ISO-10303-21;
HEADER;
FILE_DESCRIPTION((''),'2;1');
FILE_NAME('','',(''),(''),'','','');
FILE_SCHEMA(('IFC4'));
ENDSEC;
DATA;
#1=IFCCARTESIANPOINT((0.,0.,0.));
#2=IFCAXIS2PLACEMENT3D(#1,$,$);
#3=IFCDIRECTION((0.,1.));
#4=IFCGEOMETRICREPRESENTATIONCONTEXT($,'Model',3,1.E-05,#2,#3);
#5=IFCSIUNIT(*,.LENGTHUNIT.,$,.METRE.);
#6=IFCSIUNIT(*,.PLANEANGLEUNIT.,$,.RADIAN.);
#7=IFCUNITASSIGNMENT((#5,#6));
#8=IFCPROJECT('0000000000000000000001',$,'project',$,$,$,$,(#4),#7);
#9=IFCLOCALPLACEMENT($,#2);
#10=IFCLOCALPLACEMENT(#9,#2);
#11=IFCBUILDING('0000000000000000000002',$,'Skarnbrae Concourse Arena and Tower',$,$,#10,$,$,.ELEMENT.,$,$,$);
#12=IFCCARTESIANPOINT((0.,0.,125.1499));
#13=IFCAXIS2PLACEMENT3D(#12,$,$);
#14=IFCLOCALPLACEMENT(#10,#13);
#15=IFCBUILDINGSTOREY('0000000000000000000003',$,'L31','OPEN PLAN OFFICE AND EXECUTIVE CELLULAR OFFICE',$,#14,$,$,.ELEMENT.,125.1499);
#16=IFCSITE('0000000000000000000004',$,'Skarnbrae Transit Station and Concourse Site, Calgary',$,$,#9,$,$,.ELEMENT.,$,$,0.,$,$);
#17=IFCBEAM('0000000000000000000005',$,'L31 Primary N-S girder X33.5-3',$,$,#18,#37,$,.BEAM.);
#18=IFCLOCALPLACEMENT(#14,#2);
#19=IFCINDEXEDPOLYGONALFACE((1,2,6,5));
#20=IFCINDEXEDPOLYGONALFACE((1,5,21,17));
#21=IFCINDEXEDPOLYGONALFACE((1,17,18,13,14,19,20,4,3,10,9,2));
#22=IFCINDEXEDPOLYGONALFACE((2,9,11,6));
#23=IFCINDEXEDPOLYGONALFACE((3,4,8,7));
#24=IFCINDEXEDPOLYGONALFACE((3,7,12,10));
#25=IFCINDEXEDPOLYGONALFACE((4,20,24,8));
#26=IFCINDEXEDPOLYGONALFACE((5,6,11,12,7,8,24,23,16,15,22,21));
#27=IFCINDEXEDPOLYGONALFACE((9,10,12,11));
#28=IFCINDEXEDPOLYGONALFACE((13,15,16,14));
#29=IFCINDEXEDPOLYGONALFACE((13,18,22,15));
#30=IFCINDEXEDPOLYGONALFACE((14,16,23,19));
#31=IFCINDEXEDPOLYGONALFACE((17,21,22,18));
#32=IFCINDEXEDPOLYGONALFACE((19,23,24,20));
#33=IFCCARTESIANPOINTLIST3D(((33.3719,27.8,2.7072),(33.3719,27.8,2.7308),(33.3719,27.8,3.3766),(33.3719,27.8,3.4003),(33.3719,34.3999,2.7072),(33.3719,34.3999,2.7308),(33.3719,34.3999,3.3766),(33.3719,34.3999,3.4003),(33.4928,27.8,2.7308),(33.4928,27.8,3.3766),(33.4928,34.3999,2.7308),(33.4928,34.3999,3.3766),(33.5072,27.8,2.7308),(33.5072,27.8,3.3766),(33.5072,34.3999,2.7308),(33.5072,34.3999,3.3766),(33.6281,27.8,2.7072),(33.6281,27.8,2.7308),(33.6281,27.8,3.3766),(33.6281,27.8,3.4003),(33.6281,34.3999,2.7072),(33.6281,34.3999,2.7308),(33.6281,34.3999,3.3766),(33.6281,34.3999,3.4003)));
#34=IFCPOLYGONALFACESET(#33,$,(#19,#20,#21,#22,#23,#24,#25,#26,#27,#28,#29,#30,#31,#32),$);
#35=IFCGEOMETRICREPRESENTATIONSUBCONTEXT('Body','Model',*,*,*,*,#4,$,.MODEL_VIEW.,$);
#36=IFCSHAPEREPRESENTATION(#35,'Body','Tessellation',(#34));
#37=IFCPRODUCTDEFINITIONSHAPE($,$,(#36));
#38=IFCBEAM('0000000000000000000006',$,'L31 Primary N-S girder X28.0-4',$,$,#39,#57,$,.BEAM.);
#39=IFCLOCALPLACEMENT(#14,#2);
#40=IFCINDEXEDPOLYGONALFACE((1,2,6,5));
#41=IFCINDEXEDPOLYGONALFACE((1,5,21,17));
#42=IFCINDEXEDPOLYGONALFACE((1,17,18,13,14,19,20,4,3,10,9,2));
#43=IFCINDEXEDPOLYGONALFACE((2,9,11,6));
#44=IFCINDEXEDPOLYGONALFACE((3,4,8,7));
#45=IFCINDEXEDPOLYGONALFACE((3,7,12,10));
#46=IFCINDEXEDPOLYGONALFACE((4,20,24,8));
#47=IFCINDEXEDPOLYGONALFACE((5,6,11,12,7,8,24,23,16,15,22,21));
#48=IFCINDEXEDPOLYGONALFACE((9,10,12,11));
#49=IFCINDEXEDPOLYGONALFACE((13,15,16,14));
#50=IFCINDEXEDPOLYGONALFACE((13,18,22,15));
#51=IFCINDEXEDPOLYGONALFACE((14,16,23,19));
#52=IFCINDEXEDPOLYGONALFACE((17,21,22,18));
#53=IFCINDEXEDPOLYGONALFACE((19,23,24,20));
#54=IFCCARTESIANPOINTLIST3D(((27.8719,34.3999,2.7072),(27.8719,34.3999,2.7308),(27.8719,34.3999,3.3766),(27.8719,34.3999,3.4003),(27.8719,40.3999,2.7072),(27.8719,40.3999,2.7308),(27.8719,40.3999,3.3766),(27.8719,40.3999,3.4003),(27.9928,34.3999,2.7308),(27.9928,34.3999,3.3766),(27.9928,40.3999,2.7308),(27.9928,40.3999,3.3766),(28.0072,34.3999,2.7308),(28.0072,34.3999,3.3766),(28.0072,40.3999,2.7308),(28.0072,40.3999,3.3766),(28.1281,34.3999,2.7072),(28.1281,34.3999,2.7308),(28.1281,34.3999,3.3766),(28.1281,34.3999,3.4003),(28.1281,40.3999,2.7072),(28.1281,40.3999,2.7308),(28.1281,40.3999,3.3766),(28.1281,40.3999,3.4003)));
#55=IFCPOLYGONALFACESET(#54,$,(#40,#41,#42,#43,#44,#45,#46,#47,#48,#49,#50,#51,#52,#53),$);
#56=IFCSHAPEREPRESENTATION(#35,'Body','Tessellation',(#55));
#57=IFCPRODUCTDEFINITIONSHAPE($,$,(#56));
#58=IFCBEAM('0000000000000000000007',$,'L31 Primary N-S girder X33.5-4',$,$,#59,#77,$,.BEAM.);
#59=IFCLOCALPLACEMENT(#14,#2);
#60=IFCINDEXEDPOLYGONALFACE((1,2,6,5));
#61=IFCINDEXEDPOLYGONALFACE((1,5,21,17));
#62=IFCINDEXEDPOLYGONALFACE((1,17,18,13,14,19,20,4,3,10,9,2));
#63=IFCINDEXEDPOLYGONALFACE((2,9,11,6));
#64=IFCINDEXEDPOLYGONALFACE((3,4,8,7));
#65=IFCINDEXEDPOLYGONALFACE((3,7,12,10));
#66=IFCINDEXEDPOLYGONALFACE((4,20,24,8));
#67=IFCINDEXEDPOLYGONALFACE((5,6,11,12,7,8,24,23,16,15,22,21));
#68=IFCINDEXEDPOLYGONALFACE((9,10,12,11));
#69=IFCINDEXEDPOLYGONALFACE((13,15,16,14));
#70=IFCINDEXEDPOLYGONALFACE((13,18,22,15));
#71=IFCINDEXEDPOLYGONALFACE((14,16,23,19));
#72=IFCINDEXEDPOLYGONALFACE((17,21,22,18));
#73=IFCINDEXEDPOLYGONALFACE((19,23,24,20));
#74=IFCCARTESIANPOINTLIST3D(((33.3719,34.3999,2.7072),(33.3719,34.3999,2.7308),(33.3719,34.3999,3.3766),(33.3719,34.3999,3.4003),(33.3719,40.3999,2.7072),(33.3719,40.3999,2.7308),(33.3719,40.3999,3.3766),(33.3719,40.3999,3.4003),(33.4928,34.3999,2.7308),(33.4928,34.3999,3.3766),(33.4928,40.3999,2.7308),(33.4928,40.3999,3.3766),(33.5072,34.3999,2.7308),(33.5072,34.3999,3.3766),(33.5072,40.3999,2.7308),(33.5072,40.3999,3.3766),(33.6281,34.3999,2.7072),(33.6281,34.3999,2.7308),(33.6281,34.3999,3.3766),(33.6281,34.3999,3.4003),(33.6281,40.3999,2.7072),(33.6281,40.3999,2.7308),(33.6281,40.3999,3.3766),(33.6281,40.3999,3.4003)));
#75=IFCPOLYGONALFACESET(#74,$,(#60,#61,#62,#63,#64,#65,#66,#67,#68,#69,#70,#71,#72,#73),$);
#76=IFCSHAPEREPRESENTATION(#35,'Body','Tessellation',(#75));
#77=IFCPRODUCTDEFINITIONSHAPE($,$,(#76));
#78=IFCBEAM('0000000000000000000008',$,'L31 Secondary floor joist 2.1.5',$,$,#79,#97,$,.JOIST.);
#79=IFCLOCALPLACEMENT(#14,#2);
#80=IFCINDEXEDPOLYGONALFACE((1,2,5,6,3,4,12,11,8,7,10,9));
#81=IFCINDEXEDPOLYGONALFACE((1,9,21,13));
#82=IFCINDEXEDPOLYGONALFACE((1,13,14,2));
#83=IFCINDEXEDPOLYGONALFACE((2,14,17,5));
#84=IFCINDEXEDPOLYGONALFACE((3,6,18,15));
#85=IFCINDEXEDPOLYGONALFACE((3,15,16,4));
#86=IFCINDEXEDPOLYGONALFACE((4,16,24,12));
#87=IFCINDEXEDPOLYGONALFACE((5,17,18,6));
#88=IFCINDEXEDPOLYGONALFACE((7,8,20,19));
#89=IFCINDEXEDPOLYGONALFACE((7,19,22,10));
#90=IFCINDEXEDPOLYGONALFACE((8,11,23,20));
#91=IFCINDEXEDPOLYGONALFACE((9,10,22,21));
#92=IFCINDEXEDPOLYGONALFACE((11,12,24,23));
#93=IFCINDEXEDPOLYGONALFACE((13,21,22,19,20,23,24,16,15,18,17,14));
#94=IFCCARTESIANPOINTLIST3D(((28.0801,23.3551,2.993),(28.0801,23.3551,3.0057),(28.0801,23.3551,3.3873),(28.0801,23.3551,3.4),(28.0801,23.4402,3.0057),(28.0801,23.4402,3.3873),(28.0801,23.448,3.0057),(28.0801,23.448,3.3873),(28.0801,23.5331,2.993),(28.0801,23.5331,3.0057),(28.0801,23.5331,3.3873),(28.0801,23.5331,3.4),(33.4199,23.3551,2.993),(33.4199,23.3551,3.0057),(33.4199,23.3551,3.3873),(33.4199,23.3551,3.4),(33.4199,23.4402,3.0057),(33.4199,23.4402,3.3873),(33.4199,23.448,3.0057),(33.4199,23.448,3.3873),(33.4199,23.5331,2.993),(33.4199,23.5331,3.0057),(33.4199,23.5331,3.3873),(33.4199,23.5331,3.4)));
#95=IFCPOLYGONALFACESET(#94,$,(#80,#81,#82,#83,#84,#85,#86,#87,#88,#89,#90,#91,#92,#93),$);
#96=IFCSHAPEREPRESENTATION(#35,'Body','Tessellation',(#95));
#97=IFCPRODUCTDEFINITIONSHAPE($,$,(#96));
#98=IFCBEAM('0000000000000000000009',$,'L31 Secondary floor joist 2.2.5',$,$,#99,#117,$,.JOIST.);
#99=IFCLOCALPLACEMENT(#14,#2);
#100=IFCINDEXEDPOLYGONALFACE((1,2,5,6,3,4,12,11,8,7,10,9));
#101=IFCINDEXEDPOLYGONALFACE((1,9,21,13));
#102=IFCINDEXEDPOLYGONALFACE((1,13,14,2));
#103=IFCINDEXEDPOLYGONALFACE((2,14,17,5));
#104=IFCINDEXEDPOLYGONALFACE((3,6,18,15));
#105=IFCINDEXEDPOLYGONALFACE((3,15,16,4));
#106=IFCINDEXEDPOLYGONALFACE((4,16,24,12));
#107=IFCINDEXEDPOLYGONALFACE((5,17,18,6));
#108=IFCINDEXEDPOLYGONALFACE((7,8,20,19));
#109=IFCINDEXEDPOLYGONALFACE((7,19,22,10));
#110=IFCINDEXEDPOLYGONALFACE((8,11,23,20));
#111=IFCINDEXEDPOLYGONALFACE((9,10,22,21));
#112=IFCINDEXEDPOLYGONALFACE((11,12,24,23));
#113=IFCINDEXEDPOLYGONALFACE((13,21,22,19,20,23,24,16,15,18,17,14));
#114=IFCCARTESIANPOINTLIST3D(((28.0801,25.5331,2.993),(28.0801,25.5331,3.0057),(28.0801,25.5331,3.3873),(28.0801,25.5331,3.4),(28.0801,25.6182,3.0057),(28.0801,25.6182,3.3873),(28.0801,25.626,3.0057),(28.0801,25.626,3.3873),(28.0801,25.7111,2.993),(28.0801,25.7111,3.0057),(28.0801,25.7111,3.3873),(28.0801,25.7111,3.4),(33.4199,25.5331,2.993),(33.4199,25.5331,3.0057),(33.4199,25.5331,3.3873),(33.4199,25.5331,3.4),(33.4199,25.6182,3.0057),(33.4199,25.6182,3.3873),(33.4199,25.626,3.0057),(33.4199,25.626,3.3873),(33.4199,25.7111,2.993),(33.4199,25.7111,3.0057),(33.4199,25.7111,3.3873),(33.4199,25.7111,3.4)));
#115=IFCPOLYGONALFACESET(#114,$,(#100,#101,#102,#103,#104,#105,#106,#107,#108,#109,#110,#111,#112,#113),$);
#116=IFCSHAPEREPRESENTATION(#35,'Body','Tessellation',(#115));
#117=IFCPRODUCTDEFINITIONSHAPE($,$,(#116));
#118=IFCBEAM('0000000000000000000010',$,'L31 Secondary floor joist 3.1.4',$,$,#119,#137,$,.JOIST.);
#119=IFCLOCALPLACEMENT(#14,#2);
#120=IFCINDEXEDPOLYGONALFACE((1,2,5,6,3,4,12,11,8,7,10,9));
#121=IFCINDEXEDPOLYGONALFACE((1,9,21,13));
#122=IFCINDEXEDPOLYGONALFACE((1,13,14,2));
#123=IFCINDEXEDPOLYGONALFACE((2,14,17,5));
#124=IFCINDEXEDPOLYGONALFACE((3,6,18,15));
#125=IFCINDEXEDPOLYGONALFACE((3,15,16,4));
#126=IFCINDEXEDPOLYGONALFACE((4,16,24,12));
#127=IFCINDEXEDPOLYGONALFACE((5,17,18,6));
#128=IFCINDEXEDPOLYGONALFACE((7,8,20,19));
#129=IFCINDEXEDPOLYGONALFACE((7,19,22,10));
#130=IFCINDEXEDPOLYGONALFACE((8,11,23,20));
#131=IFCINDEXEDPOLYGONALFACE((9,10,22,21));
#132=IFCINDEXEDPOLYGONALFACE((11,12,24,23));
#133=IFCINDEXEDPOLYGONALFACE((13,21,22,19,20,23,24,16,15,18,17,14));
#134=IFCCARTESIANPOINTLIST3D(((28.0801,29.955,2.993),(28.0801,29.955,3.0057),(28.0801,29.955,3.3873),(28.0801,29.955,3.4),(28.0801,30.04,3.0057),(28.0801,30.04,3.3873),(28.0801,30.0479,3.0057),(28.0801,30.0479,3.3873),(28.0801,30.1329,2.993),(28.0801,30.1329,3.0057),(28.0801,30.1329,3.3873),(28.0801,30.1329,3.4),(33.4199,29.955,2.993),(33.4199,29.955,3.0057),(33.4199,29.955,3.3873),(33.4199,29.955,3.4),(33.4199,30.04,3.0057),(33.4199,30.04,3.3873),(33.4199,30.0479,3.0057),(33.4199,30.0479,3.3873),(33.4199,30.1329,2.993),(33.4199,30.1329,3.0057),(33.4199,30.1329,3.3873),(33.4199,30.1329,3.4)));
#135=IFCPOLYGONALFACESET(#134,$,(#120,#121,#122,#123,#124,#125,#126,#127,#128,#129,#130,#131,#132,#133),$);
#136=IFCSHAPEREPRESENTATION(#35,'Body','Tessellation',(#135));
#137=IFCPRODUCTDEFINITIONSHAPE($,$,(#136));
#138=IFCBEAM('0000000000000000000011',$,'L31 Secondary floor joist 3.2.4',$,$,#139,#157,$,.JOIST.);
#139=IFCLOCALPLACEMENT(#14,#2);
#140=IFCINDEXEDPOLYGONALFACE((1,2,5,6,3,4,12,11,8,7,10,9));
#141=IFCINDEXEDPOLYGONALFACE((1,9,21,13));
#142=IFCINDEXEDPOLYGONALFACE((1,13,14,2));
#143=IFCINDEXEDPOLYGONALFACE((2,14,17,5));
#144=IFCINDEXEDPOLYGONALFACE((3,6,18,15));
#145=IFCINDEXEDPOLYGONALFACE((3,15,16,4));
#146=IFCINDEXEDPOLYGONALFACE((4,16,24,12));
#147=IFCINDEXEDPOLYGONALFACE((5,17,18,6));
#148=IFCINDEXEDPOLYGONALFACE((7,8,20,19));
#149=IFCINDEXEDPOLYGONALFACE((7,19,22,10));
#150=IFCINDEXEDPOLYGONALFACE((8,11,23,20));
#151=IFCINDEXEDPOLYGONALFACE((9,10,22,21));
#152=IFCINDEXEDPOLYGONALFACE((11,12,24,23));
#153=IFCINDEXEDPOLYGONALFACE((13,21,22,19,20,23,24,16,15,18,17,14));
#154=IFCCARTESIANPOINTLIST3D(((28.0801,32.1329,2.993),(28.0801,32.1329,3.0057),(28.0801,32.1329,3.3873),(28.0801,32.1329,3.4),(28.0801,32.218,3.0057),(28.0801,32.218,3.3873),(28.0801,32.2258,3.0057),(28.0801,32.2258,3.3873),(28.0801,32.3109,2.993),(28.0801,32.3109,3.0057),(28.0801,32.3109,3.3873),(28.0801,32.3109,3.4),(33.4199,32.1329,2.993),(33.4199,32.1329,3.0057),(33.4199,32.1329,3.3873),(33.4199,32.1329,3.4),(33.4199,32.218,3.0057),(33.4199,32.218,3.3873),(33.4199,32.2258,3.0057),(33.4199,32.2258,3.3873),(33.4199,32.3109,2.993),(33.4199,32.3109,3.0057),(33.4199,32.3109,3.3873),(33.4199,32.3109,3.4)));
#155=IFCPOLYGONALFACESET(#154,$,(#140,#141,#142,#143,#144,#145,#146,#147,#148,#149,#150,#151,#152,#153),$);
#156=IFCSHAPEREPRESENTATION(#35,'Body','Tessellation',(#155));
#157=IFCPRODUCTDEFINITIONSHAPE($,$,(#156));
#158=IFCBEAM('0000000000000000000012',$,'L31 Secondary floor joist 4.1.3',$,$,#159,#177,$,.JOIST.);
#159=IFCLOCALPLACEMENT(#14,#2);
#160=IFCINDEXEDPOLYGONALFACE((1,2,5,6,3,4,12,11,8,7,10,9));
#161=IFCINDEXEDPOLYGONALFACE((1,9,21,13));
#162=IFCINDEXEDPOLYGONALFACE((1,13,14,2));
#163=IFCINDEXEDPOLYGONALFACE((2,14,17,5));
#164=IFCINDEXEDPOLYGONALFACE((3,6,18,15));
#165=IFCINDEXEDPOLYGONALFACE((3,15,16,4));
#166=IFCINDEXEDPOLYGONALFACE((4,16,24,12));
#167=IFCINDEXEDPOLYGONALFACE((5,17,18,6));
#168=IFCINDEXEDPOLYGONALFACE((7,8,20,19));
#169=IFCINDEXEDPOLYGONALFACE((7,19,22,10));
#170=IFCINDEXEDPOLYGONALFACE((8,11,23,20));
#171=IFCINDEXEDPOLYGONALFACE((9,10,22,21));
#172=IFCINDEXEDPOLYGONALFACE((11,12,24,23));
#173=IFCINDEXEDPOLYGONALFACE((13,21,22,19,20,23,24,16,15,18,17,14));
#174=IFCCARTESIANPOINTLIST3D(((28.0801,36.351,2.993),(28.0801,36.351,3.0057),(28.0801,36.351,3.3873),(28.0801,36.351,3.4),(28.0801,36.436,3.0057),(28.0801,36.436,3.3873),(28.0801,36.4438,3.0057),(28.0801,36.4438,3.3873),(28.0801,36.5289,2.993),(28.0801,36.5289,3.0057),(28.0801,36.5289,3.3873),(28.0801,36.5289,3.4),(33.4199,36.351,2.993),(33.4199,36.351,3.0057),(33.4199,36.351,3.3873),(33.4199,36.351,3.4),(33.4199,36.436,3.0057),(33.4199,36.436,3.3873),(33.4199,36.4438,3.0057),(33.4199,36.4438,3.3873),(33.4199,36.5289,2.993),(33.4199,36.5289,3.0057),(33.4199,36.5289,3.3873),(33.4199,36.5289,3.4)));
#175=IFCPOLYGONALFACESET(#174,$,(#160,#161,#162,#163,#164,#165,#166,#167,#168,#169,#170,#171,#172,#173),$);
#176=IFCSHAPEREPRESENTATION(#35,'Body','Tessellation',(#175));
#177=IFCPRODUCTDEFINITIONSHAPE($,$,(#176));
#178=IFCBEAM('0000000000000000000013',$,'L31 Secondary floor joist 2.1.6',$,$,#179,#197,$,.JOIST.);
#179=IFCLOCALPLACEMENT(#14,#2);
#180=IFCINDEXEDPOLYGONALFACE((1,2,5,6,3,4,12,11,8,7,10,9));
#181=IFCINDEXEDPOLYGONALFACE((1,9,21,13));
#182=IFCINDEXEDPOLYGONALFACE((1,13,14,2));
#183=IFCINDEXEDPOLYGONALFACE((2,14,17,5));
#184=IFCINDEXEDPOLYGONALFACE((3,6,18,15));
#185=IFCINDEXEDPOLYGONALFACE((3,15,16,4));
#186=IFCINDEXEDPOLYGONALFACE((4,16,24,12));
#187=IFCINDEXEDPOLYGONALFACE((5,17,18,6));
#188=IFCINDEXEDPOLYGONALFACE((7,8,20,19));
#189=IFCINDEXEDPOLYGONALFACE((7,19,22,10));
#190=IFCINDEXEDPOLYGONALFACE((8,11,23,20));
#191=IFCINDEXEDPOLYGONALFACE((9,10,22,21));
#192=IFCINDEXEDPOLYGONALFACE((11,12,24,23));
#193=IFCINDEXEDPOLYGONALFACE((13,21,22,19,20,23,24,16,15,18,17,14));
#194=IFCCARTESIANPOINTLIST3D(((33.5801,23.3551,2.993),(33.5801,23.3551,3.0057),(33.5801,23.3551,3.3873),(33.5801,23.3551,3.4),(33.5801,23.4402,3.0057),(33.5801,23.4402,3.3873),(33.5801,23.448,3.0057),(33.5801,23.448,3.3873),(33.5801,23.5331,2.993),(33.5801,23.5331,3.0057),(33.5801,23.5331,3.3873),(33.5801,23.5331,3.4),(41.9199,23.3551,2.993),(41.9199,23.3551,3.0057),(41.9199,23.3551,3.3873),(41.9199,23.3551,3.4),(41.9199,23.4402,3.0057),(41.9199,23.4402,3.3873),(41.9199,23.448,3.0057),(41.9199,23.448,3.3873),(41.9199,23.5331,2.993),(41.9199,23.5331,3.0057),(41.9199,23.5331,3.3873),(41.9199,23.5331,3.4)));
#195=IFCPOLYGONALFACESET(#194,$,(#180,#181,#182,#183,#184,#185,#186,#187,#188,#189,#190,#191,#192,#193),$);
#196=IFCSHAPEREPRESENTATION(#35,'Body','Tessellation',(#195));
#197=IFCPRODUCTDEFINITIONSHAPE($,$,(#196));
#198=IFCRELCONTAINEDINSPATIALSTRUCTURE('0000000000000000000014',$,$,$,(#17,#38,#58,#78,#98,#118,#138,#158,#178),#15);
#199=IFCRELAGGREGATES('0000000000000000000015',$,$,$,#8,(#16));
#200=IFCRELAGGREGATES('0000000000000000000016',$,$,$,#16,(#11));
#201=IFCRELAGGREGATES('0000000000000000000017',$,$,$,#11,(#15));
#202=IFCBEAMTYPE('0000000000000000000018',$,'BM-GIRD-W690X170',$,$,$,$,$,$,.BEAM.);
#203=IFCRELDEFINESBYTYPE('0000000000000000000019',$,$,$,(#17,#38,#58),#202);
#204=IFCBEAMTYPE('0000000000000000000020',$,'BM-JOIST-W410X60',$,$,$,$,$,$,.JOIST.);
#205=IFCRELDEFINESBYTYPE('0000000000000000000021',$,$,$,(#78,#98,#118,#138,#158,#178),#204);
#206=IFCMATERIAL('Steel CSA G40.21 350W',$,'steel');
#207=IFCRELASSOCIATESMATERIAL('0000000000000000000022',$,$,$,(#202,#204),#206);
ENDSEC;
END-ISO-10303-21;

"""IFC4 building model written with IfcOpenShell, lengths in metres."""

from ifc_helpers import new_model, si_unit, direction, frame, origin, origin_2d, place, context, subcontext, project, spatial, i_section, extrude, source, transform, mapped, material, material_profile, profile_set, type_object, element, save


model = new_model("IFC4")

# Units and contexts
model_context = context("Model", 3, precision=1e-05, world=origin(), true_north=direction((0.0, 1.0)))
body_context = subcontext(model_context, "Body", "Model", "MODEL_VIEW")
ifc_project = project(units=[si_unit("LENGTHUNIT", "METRE"), si_unit("PLANEANGLEUNIT", "RADIAN")], contexts=[model_context])

# Site, building, storey
site_placement = place(None, origin())
site = spatial("IfcSite", under=ifc_project, at=site_placement, Name="Skarnbrae Transit Station and Concourse Site, Calgary", CompositionType="ELEMENT", RefElevation=0.0)
building_placement = place(site_placement, origin())
building = spatial("IfcBuilding", under=site, at=building_placement, Name="Skarnbrae Concourse Arena and Tower", CompositionType="ELEMENT")
storey_placement = place(building_placement, frame((0.0, 0.0, 125.1499)))
storey = spatial("IfcBuildingStorey", under=building, at=storey_placement, Name="L31", Description="OPEN PLAN OFFICE AND EXECUTIVE CELLULAR OFFICE", CompositionType="ELEMENT", Elevation=125.1499)

# Shared definitions
ifc_material_1 = material(Name="Steel CSA G40.21 350W", Category="steel")

# Beams
ifc_material_profile_1 = material_profile(ifc_material_1, i_section(OverallWidth=0.2561, OverallDepth=0.6931, WebThickness=0.0144, FlangeThickness=0.0237, at=origin_2d()), Name="W690X170")
ifc_profile_set_1 = profile_set([ifc_material_profile_1], Name="Steel CSA G40.21 350W")
beam_type_1 = type_object("IfcBeamType", Name="BM-GIRD-W690X170", PredefinedType="BEAM", material=ifc_profile_set_1)
shared_shape_1 = source(origin(), body_context, "Body", "SweptSolid", [
    extrude(i_section(OverallWidth=0.2561, OverallDepth=0.6931, WebThickness=0.0144, FlangeThickness=0.0237, at=origin_2d()), origin(), (0.0, 0.0, 1.0), 6.5999),
])
for number, where, z_axis, x_axis, name in (
    (1, (33.5, 27.8, 3.0537), (0.0, 1.0, 0.0), (-1.0, 0.0, 0.0), "L31 Primary N-S girder X33.5-3"),
):
    element("IfcBeam", number, at=place(storey_placement, frame(where, z_axis=z_axis, x_axis=x_axis)), inside=storey, type_object=beam_type_1, Name=name, PredefinedType="BEAM", context=body_context, shape_type="MappedRepresentation", body=[
        mapped(shared_shape_1, transform((0.0, 0.0, 0.0))),
    ])
shared_shape_2 = source(origin(), body_context, "Body", "SweptSolid", [
    extrude(i_section(OverallWidth=0.2561, OverallDepth=0.6931, WebThickness=0.0144, FlangeThickness=0.0237, at=origin_2d()), origin(), (0.0, 0.0, 1.0), 6.0),
])
for number, where, z_axis, x_axis, name in (
    (2, (28.0, 34.3999, 3.0537), (0.0, 1.0, 0.0), (-1.0, 0.0, 0.0), "L31 Primary N-S girder X28.0-4"),
    (3, (33.5, 34.3999, 3.0537), (0.0, 1.0, 0.0), (-1.0, 0.0, 0.0), "L31 Primary N-S girder X33.5-4"),
):
    element("IfcBeam", number, at=place(storey_placement, frame(where, z_axis=z_axis, x_axis=x_axis)), inside=storey, type_object=beam_type_1, Name=name, PredefinedType="BEAM", context=body_context, shape_type="MappedRepresentation", body=[
        mapped(shared_shape_2, transform((0.0, 0.0, 0.0))),
    ])
ifc_material_profile_2 = material_profile(ifc_material_1, i_section(OverallWidth=0.178, OverallDepth=0.407, WebThickness=0.0078, FlangeThickness=0.0127, at=origin_2d()), Name="W410X60")
ifc_profile_set_2 = profile_set([ifc_material_profile_2], Name="Steel CSA G40.21 350W")
beam_type_2 = type_object("IfcBeamType", Name="BM-JOIST-W410X60", PredefinedType="JOIST", material=ifc_profile_set_2)
shared_shape_3 = source(origin(), body_context, "Body", "SweptSolid", [
    extrude(i_section(OverallWidth=0.178, OverallDepth=0.407, WebThickness=0.0078, FlangeThickness=0.0127, at=origin_2d()), origin(), (0.0, 0.0, 1.0), 5.3398),
])
for number, where, z_axis, x_axis, name in (
    (4, (28.0801, 23.4441, 3.1965), (1.0, 0.0, 0.0), (0.0, 1.0, 0.0), "L31 Secondary floor joist 2.1.5"),
    (5, (28.0801, 25.6221, 3.1965), (1.0, 0.0, 0.0), (0.0, 1.0, 0.0), "L31 Secondary floor joist 2.2.5"),
    (6, (28.0801, 30.0439, 3.1965), (1.0, 0.0, 0.0), (0.0, 1.0, 0.0), "L31 Secondary floor joist 3.1.4"),
    (7, (28.0801, 32.2219, 3.1965), (1.0, 0.0, 0.0), (0.0, 1.0, 0.0), "L31 Secondary floor joist 3.2.4"),
    (8, (28.0801, 36.4399, 3.1965), (1.0, 0.0, 0.0), (0.0, 1.0, 0.0), "L31 Secondary floor joist 4.1.3"),
):
    element("IfcBeam", number, at=place(storey_placement, frame(where, z_axis=z_axis, x_axis=x_axis)), inside=storey, type_object=beam_type_2, Name=name, PredefinedType="JOIST", context=body_context, shape_type="MappedRepresentation", body=[
        mapped(shared_shape_3, transform((0.0, 0.0, 0.0))),
    ])
shared_shape_4 = source(origin(), body_context, "Body", "SweptSolid", [
    extrude(i_section(OverallWidth=0.178, OverallDepth=0.407, WebThickness=0.0078, FlangeThickness=0.0127, at=origin_2d()), origin(), (0.0, 0.0, 1.0), 8.3398),
])
for number, where, z_axis, x_axis, name in (
    (9, (33.5801, 23.4441, 3.1965), (1.0, 0.0, 0.0), (0.0, 1.0, 0.0), "L31 Secondary floor joist 2.1.6"),
):
    element("IfcBeam", number, at=place(storey_placement, frame(where, z_axis=z_axis, x_axis=x_axis)), inside=storey, type_object=beam_type_2, Name=name, PredefinedType="JOIST", context=body_context, shape_type="MappedRepresentation", body=[
        mapped(shared_shape_4, transform((0.0, 0.0, 0.0))),
    ])

save(model, "model.ifc")
